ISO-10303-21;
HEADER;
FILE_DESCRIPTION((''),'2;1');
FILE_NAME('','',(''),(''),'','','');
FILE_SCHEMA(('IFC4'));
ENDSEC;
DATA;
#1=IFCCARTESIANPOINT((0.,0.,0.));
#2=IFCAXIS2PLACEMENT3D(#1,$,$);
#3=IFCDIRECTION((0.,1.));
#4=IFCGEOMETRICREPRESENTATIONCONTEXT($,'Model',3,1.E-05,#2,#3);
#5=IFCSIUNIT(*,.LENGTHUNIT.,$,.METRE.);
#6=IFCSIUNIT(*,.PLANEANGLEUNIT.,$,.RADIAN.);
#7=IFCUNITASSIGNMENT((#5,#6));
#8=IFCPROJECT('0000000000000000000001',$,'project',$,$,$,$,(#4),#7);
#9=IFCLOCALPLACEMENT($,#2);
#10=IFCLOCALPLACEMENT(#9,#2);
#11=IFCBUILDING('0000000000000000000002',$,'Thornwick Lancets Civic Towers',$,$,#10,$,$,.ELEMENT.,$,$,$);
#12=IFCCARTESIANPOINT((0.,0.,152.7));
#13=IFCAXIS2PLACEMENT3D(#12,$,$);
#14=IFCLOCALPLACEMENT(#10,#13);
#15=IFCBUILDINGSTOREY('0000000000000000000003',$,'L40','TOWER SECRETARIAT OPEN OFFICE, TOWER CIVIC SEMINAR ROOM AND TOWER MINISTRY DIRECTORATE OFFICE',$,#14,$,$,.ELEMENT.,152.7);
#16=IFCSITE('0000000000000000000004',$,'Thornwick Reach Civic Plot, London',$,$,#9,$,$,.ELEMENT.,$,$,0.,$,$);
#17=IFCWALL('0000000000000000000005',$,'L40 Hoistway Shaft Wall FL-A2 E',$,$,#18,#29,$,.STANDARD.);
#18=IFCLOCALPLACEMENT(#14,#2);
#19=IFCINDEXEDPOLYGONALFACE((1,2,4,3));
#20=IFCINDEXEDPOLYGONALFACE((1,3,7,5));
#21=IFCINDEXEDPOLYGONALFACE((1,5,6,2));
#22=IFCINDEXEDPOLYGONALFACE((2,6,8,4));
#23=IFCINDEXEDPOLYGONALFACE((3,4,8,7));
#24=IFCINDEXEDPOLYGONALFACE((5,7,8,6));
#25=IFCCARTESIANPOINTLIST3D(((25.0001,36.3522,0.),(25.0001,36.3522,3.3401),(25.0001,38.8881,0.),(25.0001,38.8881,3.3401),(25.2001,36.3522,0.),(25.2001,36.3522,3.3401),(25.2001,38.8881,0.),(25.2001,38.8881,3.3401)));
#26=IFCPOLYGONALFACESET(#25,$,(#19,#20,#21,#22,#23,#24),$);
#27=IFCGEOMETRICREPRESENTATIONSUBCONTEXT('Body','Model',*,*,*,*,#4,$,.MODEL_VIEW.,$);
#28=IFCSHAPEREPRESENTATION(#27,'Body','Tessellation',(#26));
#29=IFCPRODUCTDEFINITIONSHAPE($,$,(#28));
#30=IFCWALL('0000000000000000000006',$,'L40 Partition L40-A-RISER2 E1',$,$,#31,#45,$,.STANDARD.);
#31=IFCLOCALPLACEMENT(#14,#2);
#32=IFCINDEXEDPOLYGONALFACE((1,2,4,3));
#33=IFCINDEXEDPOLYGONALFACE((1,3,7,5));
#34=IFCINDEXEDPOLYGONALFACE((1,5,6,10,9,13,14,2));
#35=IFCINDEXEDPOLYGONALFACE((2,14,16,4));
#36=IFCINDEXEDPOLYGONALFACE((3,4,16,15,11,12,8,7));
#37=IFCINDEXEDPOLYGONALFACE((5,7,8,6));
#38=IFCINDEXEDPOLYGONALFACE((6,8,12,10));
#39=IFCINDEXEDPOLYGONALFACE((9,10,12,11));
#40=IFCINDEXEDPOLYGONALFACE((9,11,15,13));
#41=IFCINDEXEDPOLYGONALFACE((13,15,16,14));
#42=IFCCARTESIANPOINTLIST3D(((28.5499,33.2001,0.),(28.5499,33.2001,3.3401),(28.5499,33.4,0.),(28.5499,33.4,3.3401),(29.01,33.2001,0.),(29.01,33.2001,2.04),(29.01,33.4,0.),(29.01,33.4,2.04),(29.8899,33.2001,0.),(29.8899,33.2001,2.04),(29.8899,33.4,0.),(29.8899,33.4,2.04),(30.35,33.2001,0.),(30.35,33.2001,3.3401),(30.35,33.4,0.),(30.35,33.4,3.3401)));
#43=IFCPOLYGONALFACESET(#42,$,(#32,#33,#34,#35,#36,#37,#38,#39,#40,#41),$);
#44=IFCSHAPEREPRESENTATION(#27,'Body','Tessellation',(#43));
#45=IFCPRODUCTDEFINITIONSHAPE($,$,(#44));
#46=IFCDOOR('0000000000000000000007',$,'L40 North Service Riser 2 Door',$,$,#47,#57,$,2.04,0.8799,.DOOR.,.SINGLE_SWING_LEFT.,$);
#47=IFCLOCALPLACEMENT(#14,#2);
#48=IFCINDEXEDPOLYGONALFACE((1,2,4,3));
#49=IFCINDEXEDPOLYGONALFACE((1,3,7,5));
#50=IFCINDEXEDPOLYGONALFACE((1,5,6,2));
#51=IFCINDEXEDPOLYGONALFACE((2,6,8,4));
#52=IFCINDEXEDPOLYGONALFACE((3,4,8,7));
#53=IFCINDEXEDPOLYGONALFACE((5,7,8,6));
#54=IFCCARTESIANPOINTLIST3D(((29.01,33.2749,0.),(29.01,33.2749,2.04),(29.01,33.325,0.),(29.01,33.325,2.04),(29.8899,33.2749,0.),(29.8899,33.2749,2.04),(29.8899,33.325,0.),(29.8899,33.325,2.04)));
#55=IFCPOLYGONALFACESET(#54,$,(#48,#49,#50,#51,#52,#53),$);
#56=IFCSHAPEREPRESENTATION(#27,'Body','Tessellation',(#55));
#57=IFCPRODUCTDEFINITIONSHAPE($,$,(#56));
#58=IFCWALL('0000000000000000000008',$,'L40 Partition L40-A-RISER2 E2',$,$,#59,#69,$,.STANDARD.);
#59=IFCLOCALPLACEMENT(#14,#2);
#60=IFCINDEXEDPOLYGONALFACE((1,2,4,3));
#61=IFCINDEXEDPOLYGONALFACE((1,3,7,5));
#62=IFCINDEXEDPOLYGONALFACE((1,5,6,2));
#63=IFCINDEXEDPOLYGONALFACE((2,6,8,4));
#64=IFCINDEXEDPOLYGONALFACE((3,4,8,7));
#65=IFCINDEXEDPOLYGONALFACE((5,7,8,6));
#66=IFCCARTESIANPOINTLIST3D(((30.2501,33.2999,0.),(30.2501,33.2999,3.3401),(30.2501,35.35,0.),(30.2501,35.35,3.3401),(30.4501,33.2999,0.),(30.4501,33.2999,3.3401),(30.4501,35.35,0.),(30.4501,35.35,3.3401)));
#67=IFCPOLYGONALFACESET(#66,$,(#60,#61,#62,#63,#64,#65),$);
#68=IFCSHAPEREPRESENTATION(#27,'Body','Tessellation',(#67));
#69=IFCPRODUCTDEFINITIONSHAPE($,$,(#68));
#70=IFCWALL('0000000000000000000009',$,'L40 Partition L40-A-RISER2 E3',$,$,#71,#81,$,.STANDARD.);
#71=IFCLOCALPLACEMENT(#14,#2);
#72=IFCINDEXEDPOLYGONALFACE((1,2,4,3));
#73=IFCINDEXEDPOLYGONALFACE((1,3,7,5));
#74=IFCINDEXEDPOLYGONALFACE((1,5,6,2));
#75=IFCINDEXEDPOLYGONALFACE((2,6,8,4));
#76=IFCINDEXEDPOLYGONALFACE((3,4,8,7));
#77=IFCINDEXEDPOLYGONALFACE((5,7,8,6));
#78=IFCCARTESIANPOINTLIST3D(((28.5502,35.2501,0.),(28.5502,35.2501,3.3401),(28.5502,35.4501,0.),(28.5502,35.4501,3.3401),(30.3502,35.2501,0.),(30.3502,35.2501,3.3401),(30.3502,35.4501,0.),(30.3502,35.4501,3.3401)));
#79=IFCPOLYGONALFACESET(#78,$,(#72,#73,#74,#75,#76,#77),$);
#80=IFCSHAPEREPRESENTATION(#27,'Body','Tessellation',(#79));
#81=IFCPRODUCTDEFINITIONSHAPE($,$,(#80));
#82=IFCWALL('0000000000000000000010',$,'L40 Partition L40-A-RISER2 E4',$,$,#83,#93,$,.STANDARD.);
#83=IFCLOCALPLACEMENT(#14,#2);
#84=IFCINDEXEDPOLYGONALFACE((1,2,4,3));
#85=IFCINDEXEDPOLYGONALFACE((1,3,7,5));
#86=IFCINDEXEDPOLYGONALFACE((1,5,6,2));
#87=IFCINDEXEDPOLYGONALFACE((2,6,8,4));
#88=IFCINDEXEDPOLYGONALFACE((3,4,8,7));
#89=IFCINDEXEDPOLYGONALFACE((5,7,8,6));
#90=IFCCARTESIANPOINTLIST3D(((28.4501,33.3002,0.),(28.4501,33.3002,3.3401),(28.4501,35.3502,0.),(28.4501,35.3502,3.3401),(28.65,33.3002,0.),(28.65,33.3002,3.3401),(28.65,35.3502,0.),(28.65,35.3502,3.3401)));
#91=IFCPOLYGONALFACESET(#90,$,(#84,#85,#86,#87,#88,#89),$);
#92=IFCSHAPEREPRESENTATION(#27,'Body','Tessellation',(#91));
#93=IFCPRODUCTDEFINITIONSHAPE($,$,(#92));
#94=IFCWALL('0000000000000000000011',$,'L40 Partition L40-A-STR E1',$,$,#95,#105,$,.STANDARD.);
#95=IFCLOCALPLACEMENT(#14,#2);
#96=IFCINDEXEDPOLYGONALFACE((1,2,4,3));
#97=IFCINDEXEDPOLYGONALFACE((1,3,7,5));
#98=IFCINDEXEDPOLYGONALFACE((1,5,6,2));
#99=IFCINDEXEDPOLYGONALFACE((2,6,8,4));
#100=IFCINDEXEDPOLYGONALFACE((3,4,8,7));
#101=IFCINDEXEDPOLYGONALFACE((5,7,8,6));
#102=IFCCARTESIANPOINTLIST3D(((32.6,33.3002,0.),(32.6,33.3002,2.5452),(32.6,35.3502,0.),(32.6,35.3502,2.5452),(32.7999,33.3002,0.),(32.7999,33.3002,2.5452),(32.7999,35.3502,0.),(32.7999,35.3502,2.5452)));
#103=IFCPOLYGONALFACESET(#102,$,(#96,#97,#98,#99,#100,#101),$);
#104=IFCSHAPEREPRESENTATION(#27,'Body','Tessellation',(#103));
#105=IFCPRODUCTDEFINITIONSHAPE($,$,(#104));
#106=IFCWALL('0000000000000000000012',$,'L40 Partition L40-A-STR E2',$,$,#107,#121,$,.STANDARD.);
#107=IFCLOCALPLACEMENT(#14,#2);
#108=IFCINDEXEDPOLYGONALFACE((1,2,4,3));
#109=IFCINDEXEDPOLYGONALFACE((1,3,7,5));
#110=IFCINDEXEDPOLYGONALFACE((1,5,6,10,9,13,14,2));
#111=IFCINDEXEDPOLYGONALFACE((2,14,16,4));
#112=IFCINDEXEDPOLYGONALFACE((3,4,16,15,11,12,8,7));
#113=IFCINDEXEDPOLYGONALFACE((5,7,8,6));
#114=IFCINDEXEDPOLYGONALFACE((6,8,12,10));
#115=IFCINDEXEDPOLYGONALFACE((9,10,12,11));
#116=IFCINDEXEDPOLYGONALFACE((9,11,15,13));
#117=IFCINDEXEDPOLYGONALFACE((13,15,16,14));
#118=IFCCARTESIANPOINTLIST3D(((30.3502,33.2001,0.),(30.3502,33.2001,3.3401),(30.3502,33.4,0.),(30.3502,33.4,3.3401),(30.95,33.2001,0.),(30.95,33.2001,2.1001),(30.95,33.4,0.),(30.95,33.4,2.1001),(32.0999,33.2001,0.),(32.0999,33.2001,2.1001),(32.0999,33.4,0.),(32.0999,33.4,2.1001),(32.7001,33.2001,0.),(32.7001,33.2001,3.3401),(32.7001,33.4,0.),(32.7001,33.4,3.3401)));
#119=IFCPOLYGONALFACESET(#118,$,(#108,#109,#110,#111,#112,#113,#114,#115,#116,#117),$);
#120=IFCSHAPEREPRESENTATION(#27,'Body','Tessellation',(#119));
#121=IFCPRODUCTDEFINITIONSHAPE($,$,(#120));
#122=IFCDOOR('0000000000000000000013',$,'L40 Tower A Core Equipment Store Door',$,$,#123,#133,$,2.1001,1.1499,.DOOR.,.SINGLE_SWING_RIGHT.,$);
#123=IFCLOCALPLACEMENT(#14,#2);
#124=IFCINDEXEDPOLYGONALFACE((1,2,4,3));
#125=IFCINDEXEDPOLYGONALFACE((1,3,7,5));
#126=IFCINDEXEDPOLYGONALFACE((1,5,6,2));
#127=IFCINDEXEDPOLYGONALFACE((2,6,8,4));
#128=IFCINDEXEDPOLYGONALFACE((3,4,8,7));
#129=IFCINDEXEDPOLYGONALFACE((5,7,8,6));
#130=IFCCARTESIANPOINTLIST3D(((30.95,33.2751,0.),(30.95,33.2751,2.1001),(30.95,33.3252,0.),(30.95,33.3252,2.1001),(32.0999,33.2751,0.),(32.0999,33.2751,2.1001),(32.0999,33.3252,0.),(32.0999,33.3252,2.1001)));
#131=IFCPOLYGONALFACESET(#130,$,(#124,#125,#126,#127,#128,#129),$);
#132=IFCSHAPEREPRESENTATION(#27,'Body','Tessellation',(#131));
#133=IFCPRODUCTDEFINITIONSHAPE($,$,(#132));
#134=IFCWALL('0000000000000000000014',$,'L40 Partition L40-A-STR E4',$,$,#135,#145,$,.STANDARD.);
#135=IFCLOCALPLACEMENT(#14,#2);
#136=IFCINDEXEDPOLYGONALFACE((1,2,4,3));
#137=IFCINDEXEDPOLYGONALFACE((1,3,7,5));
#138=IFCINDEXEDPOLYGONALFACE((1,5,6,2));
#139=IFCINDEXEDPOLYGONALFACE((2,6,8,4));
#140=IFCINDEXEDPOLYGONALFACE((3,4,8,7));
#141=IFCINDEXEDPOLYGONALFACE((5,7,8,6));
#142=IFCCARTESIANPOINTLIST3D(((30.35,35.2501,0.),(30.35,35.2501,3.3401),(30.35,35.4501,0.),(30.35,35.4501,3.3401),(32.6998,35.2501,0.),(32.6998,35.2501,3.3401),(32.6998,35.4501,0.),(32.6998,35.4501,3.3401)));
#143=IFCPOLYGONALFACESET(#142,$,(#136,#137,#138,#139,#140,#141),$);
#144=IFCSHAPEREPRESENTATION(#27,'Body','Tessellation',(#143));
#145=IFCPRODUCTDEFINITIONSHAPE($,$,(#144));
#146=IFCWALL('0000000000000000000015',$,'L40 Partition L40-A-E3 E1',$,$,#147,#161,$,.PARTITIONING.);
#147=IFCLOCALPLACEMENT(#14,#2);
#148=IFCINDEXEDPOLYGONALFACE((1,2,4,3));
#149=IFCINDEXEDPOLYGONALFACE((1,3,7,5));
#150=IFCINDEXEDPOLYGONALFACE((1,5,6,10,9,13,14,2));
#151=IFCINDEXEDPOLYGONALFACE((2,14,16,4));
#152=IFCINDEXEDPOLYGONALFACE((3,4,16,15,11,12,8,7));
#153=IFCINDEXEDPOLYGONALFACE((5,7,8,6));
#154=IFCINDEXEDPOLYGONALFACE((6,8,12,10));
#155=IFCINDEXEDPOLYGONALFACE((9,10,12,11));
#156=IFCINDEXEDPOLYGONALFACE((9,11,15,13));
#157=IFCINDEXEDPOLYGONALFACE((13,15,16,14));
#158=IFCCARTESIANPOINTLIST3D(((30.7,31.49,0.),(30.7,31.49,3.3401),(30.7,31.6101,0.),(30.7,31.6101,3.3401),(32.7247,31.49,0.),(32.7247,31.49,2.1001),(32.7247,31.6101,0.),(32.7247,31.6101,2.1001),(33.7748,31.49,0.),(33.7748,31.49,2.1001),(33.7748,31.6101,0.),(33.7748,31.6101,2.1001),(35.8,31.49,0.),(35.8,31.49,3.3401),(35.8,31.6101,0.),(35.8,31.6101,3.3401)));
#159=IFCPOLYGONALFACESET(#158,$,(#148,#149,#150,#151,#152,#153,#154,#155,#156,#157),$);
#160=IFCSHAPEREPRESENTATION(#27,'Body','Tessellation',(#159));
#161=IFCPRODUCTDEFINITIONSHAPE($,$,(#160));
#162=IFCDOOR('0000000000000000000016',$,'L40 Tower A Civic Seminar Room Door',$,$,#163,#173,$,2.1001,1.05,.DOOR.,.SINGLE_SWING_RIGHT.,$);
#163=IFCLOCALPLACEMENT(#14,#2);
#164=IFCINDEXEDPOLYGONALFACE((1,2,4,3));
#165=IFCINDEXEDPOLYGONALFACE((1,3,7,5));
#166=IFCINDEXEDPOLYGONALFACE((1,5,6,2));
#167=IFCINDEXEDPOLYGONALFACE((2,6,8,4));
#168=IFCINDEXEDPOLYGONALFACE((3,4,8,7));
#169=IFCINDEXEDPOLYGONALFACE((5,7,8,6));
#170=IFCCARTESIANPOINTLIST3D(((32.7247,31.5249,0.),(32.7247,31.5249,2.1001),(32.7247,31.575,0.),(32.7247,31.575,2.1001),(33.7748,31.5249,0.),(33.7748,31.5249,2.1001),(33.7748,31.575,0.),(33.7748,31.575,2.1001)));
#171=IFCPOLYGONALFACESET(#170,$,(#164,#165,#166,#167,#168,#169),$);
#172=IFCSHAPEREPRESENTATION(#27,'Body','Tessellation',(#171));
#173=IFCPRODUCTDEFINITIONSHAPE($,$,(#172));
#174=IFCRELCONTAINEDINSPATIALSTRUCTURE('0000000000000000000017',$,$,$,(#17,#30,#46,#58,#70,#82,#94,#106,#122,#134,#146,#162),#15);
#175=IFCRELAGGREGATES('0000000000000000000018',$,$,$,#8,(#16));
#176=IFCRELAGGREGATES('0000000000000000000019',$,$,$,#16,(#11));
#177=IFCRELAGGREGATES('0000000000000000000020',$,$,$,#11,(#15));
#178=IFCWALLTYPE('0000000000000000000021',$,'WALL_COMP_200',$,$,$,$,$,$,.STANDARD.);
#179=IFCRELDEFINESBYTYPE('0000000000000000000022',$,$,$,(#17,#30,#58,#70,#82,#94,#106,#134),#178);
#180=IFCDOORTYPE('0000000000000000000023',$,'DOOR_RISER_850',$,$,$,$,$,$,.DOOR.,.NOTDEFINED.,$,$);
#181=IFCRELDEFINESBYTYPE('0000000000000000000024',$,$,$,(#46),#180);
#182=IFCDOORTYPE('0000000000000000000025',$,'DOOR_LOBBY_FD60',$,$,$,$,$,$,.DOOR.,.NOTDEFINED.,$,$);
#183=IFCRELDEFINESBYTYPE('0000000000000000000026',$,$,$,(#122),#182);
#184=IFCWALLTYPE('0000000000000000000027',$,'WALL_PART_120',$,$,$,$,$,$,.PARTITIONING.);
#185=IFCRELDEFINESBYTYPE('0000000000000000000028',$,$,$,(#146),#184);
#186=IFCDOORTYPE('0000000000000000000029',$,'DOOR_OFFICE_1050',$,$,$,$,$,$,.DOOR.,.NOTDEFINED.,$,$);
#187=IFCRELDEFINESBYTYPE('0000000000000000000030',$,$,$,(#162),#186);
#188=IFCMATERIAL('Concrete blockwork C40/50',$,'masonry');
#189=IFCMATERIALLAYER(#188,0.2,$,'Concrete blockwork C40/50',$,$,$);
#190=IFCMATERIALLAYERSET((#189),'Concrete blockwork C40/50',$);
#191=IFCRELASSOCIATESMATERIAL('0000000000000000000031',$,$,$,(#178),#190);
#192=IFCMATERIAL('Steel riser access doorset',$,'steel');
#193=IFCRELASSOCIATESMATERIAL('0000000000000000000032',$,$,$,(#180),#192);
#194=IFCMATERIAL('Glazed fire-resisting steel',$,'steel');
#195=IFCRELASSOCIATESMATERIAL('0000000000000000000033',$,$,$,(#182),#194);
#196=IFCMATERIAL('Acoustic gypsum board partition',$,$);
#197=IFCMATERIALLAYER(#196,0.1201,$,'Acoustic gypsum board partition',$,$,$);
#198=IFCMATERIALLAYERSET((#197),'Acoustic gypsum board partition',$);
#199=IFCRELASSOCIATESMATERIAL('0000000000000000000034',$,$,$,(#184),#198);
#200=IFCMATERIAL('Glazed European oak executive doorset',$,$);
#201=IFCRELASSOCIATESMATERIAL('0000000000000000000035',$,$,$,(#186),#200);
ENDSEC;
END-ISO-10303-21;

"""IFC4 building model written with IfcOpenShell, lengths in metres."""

from ifc_helpers import new_model, si_unit, direction, frame, frame_2d, origin, place, context, subcontext, project, spatial, rectangle, extrude, material, layer, layer_set, type_object, element, fill, save


model = new_model("IFC4")

# Units and contexts
model_context = context("Model", 3, precision=1e-05, world=origin(), true_north=direction((0.0, 1.0)))
body_context = subcontext(model_context, "Body", "Model", "MODEL_VIEW")
ifc_project = project(units=[si_unit("LENGTHUNIT", "METRE"), si_unit("PLANEANGLEUNIT", "RADIAN")], contexts=[model_context])

# Site, building, storey
site_placement = place(None, origin())
site = spatial("IfcSite", under=ifc_project, at=site_placement, Name="Thornwick Reach Civic Plot, London", CompositionType="ELEMENT", RefElevation=0.0)
building_placement = place(site_placement, origin())
building = spatial("IfcBuilding", under=site, at=building_placement, Name="Thornwick Lancets Civic Towers", CompositionType="ELEMENT")
storey_placement = place(building_placement, frame((0.0, 0.0, 152.7)))
storey = spatial("IfcBuildingStorey", under=building, at=storey_placement, Name="L40", Description="TOWER SECRETARIAT OPEN OFFICE, TOWER CIVIC SEMINAR ROOM AND TOWER MINISTRY DIRECTORATE OFFICE", CompositionType="ELEMENT", Elevation=152.7)

# Shared definitions
ifc_material_1 = material(Name="Concrete blockwork C40/50", Category="masonry")
ifc_layer_1 = layer(ifc_material_1, 0.2, Name="Concrete blockwork C40/50")
ifc_layer_set_1 = layer_set([ifc_layer_1], Name="Concrete blockwork C40/50")
wall_type_1 = type_object("IfcWallType", Name="WALL_COMP_200", PredefinedType="STANDARD", material=ifc_layer_set_1)

# Wall
wall_1_placement = place(storey_placement, frame((25.1001, 36.3521, 0.0), z_axis=(0.0, 0.0, 1.0), x_axis=(0.0, 1.0, 0.0)))
element("IfcWall", 1, at=wall_1_placement, inside=storey, type_object=wall_type_1, Name="L40 Hoistway Shaft Wall FL-A2 E", PredefinedType="STANDARD", context=body_context, shape_type="SweptSolid", body=[
    extrude(rectangle(XDim=2.5359, YDim=0.2, at=frame_2d((1.2681, 0.0))), origin(), (0.0, 0.0, 1.0), 3.3401),
])

# Wall, opening, door
wall_2_placement = place(storey_placement, frame((28.55, 33.3, 0.0), z_axis=(0.0, 0.0, 1.0), x_axis=(1.0, 0.0, 0.0)))
wall_2 = element("IfcWall", 2, at=wall_2_placement, inside=storey, type_object=wall_type_1, Name="L40 Partition L40-A-RISER2 E1", PredefinedType="STANDARD", context=body_context, shape_type="SweptSolid", body=[
    extrude(rectangle(XDim=1.8, YDim=0.2, at=frame_2d((0.8999, 0.0))), origin(), (0.0, 0.0, 1.0), 3.3401),
])
opening_1_placement = place(wall_2_placement, frame((0.46, 0.0, 0.0)))
opening_1 = element("IfcOpeningElement", 3, at=opening_1_placement, cuts=wall_2, PredefinedType="OPENING", context=body_context, shape_type="SweptSolid", body=[
    extrude(rectangle(XDim=0.8799, YDim=2.04, at=frame_2d((0.4399, 1.02))), frame((0.0, 0.1099, 0.0), z_axis=(0.0, -1.0, 0.0), x_axis=(1.0, 0.0, 0.0)), (0.0, 0.0, 1.0), 0.22),
])
ifc_material_2 = material(Name="Steel riser access doorset", Category="steel")
door_type_1 = type_object("IfcDoorType", Name="DOOR_RISER_850", OperationType="NOTDEFINED", PredefinedType="DOOR", material=ifc_material_2)
door_1_placement = place(opening_1_placement, origin())
door_1 = element("IfcDoor", 4, at=door_1_placement, inside=storey, type_object=door_type_1, Name="L40 North Service Riser 2 Door", OperationType="SINGLE_SWING_LEFT", OverallHeight=2.04, OverallWidth=0.8799, PredefinedType="DOOR", context=body_context, shape_type="SweptSolid", body=[
    extrude(rectangle(XDim=0.8799, YDim=2.04, at=frame_2d((0.4399, 1.02))), frame((0.0, 0.0249, 0.0), z_axis=(0.0, -1.0, 0.0), x_axis=(1.0, 0.0, 0.0)), (0.0, 0.0, 1.0), 0.05),
])
fill(opening_1, door_1)

# Walls
wall_3_placement = place(storey_placement, frame((30.3501, 33.3, 0.0), z_axis=(0.0, 0.0, 1.0), x_axis=(0.0, 1.0, 0.0)))
element("IfcWall", 5, at=wall_3_placement, inside=storey, type_object=wall_type_1, Name="L40 Partition L40-A-RISER2 E2", PredefinedType="STANDARD", context=body_context, shape_type="SweptSolid", body=[
    extrude(rectangle(XDim=2.05, YDim=0.2, at=frame_2d((1.0249, 0.0))), origin(), (0.0, 0.0, 1.0), 3.3401),
])
wall_4_placement = place(storey_placement, frame((30.3501, 35.3501, 0.0), z_axis=(0.0, 0.0, 1.0), x_axis=(-1.0, 0.0, 0.0)))
element("IfcWall", 6, at=wall_4_placement, inside=storey, type_object=wall_type_1, Name="L40 Partition L40-A-RISER2 E3", PredefinedType="STANDARD", context=body_context, shape_type="SweptSolid", body=[
    extrude(rectangle(XDim=1.8, YDim=0.2, at=frame_2d((0.8999, 0.0))), origin(), (0.0, 0.0, 1.0), 3.3401),
])
wall_5_placement = place(storey_placement, frame((28.55, 35.3501, 0.0), z_axis=(0.0, 0.0, 1.0), x_axis=(0.0, -1.0, 0.0)))
element("IfcWall", 7, at=wall_5_placement, inside=storey, type_object=wall_type_1, Name="L40 Partition L40-A-RISER2 E4", PredefinedType="STANDARD", context=body_context, shape_type="SweptSolid", body=[
    extrude(rectangle(XDim=2.05, YDim=0.2, at=frame_2d((1.0249, 0.0))), origin(), (0.0, 0.0, 1.0), 3.3401),
])
wall_6_placement = place(storey_placement, frame((32.7, 35.3501, 0.0), z_axis=(0.0, 0.0, 1.0), x_axis=(0.0, -1.0, 0.0)))
element("IfcWall", 8, at=wall_6_placement, inside=storey, type_object=wall_type_1, Name="L40 Partition L40-A-STR E1", PredefinedType="STANDARD", context=body_context, shape_type="SweptSolid", body=[
    extrude(rectangle(XDim=2.05, YDim=0.2, at=frame_2d((1.0249, 0.0))), origin(), (0.0, 0.0, 1.0), 2.5452),
])

# Wall, opening, door
wall_7_placement = place(storey_placement, frame((32.7, 33.3, 0.0), z_axis=(0.0, 0.0, 1.0), x_axis=(-1.0, 0.0, 0.0)))
wall_7 = element("IfcWall", 9, at=wall_7_placement, inside=storey, type_object=wall_type_1, Name="L40 Partition L40-A-STR E2", PredefinedType="STANDARD", context=body_context, shape_type="SweptSolid", body=[
    extrude(rectangle(XDim=2.3499, YDim=0.2, at=frame_2d((1.1748, 0.0))), origin(), (0.0, 0.0, 1.0), 3.3401),
])
opening_2_placement = place(wall_7_placement, frame((0.6001, 0.0, 0.0)))
opening_2 = element("IfcOpeningElement", 10, at=opening_2_placement, cuts=wall_7, PredefinedType="OPENING", context=body_context, shape_type="SweptSolid", body=[
    extrude(rectangle(XDim=1.1499, YDim=2.1001, at=frame_2d((0.575, 1.05))), frame((0.0, 0.1099, 0.0), z_axis=(0.0, -1.0, 0.0), x_axis=(1.0, 0.0, 0.0)), (0.0, 0.0, 1.0), 0.22),
])
ifc_material_3 = material(Name="Glazed fire-resisting steel", Category="steel")
door_type_2 = type_object("IfcDoorType", Name="DOOR_LOBBY_FD60", OperationType="NOTDEFINED", PredefinedType="DOOR", material=ifc_material_3)
door_2_placement = place(opening_2_placement, origin())
door_2 = element("IfcDoor", 11, at=door_2_placement, inside=storey, type_object=door_type_2, Name="L40 Tower A Core Equipment Store Door", OperationType="SINGLE_SWING_RIGHT", OverallHeight=2.1001, OverallWidth=1.1499, PredefinedType="DOOR", context=body_context, shape_type="SweptSolid", body=[
    extrude(rectangle(XDim=1.1499, YDim=2.1001, at=frame_2d((0.575, 1.05))), frame((0.0, 0.0249, 0.0), z_axis=(0.0, -1.0, 0.0), x_axis=(1.0, 0.0, 0.0)), (0.0, 0.0, 1.0), 0.05),
])
fill(opening_2, door_2)

# Wall
wall_8_placement = place(storey_placement, frame((30.3501, 35.3501, 0.0), z_axis=(0.0, 0.0, 1.0), x_axis=(1.0, 0.0, 0.0)))
element("IfcWall", 12, at=wall_8_placement, inside=storey, type_object=wall_type_1, Name="L40 Partition L40-A-STR E4", PredefinedType="STANDARD", context=body_context, shape_type="SweptSolid", body=[
    extrude(rectangle(XDim=2.3499, YDim=0.2, at=frame_2d((1.1748, 0.0))), origin(), (0.0, 0.0, 1.0), 3.3401),
])

# Wall, opening, door
ifc_material_4 = material(Name="Acoustic gypsum board partition")
ifc_layer_2 = layer(ifc_material_4, 0.1201, Name="Acoustic gypsum board partition")
ifc_layer_set_2 = layer_set([ifc_layer_2], Name="Acoustic gypsum board partition")
wall_type_2 = type_object("IfcWallType", Name="WALL_PART_120", PredefinedType="PARTITIONING", material=ifc_layer_set_2)
wall_9_placement = place(storey_placement, frame((30.7, 31.55, 0.0), z_axis=(0.0, 0.0, 1.0), x_axis=(1.0, 0.0, 0.0)))
wall_9 = element("IfcWall", 13, at=wall_9_placement, inside=storey, type_object=wall_type_2, Name="L40 Partition L40-A-E3 E1", PredefinedType="PARTITIONING", context=body_context, shape_type="SweptSolid", body=[
    extrude(rectangle(XDim=5.1001, YDim=0.1201, at=frame_2d((2.55, 0.0))), origin(), (0.0, 0.0, 1.0), 3.3401),
])
opening_3_placement = place(wall_9_placement, frame((2.0249, 0.0, 0.0)))
opening_3 = element("IfcOpeningElement", 14, at=opening_3_placement, cuts=wall_9, PredefinedType="OPENING", context=body_context, shape_type="SweptSolid", body=[
    extrude(rectangle(XDim=1.05, YDim=2.1001, at=frame_2d((0.5249, 1.05))), frame((0.0, 0.0701, 0.0), z_axis=(0.0, -1.0, 0.0), x_axis=(1.0, 0.0, 0.0)), (0.0, 0.0, 1.0), 0.1401),
])
ifc_material_5 = material(Name="Glazed European oak executive doorset")
door_type_3 = type_object("IfcDoorType", Name="DOOR_OFFICE_1050", OperationType="NOTDEFINED", PredefinedType="DOOR", material=ifc_material_5)
door_3_placement = place(opening_3_placement, origin())
door_3 = element("IfcDoor", 15, at=door_3_placement, inside=storey, type_object=door_type_3, Name="L40 Tower A Civic Seminar Room Door", OperationType="SINGLE_SWING_RIGHT", OverallHeight=2.1001, OverallWidth=1.05, PredefinedType="DOOR", context=body_context, shape_type="SweptSolid", body=[
    extrude(rectangle(XDim=1.05, YDim=2.1001, at=frame_2d((0.5249, 1.05))), frame((0.0, 0.0249, 0.0), z_axis=(0.0, -1.0, 0.0), x_axis=(1.0, 0.0, 0.0)), (0.0, 0.0, 1.0), 0.05),
])
fill(opening_3, door_3)

save(model, "model.ifc")
